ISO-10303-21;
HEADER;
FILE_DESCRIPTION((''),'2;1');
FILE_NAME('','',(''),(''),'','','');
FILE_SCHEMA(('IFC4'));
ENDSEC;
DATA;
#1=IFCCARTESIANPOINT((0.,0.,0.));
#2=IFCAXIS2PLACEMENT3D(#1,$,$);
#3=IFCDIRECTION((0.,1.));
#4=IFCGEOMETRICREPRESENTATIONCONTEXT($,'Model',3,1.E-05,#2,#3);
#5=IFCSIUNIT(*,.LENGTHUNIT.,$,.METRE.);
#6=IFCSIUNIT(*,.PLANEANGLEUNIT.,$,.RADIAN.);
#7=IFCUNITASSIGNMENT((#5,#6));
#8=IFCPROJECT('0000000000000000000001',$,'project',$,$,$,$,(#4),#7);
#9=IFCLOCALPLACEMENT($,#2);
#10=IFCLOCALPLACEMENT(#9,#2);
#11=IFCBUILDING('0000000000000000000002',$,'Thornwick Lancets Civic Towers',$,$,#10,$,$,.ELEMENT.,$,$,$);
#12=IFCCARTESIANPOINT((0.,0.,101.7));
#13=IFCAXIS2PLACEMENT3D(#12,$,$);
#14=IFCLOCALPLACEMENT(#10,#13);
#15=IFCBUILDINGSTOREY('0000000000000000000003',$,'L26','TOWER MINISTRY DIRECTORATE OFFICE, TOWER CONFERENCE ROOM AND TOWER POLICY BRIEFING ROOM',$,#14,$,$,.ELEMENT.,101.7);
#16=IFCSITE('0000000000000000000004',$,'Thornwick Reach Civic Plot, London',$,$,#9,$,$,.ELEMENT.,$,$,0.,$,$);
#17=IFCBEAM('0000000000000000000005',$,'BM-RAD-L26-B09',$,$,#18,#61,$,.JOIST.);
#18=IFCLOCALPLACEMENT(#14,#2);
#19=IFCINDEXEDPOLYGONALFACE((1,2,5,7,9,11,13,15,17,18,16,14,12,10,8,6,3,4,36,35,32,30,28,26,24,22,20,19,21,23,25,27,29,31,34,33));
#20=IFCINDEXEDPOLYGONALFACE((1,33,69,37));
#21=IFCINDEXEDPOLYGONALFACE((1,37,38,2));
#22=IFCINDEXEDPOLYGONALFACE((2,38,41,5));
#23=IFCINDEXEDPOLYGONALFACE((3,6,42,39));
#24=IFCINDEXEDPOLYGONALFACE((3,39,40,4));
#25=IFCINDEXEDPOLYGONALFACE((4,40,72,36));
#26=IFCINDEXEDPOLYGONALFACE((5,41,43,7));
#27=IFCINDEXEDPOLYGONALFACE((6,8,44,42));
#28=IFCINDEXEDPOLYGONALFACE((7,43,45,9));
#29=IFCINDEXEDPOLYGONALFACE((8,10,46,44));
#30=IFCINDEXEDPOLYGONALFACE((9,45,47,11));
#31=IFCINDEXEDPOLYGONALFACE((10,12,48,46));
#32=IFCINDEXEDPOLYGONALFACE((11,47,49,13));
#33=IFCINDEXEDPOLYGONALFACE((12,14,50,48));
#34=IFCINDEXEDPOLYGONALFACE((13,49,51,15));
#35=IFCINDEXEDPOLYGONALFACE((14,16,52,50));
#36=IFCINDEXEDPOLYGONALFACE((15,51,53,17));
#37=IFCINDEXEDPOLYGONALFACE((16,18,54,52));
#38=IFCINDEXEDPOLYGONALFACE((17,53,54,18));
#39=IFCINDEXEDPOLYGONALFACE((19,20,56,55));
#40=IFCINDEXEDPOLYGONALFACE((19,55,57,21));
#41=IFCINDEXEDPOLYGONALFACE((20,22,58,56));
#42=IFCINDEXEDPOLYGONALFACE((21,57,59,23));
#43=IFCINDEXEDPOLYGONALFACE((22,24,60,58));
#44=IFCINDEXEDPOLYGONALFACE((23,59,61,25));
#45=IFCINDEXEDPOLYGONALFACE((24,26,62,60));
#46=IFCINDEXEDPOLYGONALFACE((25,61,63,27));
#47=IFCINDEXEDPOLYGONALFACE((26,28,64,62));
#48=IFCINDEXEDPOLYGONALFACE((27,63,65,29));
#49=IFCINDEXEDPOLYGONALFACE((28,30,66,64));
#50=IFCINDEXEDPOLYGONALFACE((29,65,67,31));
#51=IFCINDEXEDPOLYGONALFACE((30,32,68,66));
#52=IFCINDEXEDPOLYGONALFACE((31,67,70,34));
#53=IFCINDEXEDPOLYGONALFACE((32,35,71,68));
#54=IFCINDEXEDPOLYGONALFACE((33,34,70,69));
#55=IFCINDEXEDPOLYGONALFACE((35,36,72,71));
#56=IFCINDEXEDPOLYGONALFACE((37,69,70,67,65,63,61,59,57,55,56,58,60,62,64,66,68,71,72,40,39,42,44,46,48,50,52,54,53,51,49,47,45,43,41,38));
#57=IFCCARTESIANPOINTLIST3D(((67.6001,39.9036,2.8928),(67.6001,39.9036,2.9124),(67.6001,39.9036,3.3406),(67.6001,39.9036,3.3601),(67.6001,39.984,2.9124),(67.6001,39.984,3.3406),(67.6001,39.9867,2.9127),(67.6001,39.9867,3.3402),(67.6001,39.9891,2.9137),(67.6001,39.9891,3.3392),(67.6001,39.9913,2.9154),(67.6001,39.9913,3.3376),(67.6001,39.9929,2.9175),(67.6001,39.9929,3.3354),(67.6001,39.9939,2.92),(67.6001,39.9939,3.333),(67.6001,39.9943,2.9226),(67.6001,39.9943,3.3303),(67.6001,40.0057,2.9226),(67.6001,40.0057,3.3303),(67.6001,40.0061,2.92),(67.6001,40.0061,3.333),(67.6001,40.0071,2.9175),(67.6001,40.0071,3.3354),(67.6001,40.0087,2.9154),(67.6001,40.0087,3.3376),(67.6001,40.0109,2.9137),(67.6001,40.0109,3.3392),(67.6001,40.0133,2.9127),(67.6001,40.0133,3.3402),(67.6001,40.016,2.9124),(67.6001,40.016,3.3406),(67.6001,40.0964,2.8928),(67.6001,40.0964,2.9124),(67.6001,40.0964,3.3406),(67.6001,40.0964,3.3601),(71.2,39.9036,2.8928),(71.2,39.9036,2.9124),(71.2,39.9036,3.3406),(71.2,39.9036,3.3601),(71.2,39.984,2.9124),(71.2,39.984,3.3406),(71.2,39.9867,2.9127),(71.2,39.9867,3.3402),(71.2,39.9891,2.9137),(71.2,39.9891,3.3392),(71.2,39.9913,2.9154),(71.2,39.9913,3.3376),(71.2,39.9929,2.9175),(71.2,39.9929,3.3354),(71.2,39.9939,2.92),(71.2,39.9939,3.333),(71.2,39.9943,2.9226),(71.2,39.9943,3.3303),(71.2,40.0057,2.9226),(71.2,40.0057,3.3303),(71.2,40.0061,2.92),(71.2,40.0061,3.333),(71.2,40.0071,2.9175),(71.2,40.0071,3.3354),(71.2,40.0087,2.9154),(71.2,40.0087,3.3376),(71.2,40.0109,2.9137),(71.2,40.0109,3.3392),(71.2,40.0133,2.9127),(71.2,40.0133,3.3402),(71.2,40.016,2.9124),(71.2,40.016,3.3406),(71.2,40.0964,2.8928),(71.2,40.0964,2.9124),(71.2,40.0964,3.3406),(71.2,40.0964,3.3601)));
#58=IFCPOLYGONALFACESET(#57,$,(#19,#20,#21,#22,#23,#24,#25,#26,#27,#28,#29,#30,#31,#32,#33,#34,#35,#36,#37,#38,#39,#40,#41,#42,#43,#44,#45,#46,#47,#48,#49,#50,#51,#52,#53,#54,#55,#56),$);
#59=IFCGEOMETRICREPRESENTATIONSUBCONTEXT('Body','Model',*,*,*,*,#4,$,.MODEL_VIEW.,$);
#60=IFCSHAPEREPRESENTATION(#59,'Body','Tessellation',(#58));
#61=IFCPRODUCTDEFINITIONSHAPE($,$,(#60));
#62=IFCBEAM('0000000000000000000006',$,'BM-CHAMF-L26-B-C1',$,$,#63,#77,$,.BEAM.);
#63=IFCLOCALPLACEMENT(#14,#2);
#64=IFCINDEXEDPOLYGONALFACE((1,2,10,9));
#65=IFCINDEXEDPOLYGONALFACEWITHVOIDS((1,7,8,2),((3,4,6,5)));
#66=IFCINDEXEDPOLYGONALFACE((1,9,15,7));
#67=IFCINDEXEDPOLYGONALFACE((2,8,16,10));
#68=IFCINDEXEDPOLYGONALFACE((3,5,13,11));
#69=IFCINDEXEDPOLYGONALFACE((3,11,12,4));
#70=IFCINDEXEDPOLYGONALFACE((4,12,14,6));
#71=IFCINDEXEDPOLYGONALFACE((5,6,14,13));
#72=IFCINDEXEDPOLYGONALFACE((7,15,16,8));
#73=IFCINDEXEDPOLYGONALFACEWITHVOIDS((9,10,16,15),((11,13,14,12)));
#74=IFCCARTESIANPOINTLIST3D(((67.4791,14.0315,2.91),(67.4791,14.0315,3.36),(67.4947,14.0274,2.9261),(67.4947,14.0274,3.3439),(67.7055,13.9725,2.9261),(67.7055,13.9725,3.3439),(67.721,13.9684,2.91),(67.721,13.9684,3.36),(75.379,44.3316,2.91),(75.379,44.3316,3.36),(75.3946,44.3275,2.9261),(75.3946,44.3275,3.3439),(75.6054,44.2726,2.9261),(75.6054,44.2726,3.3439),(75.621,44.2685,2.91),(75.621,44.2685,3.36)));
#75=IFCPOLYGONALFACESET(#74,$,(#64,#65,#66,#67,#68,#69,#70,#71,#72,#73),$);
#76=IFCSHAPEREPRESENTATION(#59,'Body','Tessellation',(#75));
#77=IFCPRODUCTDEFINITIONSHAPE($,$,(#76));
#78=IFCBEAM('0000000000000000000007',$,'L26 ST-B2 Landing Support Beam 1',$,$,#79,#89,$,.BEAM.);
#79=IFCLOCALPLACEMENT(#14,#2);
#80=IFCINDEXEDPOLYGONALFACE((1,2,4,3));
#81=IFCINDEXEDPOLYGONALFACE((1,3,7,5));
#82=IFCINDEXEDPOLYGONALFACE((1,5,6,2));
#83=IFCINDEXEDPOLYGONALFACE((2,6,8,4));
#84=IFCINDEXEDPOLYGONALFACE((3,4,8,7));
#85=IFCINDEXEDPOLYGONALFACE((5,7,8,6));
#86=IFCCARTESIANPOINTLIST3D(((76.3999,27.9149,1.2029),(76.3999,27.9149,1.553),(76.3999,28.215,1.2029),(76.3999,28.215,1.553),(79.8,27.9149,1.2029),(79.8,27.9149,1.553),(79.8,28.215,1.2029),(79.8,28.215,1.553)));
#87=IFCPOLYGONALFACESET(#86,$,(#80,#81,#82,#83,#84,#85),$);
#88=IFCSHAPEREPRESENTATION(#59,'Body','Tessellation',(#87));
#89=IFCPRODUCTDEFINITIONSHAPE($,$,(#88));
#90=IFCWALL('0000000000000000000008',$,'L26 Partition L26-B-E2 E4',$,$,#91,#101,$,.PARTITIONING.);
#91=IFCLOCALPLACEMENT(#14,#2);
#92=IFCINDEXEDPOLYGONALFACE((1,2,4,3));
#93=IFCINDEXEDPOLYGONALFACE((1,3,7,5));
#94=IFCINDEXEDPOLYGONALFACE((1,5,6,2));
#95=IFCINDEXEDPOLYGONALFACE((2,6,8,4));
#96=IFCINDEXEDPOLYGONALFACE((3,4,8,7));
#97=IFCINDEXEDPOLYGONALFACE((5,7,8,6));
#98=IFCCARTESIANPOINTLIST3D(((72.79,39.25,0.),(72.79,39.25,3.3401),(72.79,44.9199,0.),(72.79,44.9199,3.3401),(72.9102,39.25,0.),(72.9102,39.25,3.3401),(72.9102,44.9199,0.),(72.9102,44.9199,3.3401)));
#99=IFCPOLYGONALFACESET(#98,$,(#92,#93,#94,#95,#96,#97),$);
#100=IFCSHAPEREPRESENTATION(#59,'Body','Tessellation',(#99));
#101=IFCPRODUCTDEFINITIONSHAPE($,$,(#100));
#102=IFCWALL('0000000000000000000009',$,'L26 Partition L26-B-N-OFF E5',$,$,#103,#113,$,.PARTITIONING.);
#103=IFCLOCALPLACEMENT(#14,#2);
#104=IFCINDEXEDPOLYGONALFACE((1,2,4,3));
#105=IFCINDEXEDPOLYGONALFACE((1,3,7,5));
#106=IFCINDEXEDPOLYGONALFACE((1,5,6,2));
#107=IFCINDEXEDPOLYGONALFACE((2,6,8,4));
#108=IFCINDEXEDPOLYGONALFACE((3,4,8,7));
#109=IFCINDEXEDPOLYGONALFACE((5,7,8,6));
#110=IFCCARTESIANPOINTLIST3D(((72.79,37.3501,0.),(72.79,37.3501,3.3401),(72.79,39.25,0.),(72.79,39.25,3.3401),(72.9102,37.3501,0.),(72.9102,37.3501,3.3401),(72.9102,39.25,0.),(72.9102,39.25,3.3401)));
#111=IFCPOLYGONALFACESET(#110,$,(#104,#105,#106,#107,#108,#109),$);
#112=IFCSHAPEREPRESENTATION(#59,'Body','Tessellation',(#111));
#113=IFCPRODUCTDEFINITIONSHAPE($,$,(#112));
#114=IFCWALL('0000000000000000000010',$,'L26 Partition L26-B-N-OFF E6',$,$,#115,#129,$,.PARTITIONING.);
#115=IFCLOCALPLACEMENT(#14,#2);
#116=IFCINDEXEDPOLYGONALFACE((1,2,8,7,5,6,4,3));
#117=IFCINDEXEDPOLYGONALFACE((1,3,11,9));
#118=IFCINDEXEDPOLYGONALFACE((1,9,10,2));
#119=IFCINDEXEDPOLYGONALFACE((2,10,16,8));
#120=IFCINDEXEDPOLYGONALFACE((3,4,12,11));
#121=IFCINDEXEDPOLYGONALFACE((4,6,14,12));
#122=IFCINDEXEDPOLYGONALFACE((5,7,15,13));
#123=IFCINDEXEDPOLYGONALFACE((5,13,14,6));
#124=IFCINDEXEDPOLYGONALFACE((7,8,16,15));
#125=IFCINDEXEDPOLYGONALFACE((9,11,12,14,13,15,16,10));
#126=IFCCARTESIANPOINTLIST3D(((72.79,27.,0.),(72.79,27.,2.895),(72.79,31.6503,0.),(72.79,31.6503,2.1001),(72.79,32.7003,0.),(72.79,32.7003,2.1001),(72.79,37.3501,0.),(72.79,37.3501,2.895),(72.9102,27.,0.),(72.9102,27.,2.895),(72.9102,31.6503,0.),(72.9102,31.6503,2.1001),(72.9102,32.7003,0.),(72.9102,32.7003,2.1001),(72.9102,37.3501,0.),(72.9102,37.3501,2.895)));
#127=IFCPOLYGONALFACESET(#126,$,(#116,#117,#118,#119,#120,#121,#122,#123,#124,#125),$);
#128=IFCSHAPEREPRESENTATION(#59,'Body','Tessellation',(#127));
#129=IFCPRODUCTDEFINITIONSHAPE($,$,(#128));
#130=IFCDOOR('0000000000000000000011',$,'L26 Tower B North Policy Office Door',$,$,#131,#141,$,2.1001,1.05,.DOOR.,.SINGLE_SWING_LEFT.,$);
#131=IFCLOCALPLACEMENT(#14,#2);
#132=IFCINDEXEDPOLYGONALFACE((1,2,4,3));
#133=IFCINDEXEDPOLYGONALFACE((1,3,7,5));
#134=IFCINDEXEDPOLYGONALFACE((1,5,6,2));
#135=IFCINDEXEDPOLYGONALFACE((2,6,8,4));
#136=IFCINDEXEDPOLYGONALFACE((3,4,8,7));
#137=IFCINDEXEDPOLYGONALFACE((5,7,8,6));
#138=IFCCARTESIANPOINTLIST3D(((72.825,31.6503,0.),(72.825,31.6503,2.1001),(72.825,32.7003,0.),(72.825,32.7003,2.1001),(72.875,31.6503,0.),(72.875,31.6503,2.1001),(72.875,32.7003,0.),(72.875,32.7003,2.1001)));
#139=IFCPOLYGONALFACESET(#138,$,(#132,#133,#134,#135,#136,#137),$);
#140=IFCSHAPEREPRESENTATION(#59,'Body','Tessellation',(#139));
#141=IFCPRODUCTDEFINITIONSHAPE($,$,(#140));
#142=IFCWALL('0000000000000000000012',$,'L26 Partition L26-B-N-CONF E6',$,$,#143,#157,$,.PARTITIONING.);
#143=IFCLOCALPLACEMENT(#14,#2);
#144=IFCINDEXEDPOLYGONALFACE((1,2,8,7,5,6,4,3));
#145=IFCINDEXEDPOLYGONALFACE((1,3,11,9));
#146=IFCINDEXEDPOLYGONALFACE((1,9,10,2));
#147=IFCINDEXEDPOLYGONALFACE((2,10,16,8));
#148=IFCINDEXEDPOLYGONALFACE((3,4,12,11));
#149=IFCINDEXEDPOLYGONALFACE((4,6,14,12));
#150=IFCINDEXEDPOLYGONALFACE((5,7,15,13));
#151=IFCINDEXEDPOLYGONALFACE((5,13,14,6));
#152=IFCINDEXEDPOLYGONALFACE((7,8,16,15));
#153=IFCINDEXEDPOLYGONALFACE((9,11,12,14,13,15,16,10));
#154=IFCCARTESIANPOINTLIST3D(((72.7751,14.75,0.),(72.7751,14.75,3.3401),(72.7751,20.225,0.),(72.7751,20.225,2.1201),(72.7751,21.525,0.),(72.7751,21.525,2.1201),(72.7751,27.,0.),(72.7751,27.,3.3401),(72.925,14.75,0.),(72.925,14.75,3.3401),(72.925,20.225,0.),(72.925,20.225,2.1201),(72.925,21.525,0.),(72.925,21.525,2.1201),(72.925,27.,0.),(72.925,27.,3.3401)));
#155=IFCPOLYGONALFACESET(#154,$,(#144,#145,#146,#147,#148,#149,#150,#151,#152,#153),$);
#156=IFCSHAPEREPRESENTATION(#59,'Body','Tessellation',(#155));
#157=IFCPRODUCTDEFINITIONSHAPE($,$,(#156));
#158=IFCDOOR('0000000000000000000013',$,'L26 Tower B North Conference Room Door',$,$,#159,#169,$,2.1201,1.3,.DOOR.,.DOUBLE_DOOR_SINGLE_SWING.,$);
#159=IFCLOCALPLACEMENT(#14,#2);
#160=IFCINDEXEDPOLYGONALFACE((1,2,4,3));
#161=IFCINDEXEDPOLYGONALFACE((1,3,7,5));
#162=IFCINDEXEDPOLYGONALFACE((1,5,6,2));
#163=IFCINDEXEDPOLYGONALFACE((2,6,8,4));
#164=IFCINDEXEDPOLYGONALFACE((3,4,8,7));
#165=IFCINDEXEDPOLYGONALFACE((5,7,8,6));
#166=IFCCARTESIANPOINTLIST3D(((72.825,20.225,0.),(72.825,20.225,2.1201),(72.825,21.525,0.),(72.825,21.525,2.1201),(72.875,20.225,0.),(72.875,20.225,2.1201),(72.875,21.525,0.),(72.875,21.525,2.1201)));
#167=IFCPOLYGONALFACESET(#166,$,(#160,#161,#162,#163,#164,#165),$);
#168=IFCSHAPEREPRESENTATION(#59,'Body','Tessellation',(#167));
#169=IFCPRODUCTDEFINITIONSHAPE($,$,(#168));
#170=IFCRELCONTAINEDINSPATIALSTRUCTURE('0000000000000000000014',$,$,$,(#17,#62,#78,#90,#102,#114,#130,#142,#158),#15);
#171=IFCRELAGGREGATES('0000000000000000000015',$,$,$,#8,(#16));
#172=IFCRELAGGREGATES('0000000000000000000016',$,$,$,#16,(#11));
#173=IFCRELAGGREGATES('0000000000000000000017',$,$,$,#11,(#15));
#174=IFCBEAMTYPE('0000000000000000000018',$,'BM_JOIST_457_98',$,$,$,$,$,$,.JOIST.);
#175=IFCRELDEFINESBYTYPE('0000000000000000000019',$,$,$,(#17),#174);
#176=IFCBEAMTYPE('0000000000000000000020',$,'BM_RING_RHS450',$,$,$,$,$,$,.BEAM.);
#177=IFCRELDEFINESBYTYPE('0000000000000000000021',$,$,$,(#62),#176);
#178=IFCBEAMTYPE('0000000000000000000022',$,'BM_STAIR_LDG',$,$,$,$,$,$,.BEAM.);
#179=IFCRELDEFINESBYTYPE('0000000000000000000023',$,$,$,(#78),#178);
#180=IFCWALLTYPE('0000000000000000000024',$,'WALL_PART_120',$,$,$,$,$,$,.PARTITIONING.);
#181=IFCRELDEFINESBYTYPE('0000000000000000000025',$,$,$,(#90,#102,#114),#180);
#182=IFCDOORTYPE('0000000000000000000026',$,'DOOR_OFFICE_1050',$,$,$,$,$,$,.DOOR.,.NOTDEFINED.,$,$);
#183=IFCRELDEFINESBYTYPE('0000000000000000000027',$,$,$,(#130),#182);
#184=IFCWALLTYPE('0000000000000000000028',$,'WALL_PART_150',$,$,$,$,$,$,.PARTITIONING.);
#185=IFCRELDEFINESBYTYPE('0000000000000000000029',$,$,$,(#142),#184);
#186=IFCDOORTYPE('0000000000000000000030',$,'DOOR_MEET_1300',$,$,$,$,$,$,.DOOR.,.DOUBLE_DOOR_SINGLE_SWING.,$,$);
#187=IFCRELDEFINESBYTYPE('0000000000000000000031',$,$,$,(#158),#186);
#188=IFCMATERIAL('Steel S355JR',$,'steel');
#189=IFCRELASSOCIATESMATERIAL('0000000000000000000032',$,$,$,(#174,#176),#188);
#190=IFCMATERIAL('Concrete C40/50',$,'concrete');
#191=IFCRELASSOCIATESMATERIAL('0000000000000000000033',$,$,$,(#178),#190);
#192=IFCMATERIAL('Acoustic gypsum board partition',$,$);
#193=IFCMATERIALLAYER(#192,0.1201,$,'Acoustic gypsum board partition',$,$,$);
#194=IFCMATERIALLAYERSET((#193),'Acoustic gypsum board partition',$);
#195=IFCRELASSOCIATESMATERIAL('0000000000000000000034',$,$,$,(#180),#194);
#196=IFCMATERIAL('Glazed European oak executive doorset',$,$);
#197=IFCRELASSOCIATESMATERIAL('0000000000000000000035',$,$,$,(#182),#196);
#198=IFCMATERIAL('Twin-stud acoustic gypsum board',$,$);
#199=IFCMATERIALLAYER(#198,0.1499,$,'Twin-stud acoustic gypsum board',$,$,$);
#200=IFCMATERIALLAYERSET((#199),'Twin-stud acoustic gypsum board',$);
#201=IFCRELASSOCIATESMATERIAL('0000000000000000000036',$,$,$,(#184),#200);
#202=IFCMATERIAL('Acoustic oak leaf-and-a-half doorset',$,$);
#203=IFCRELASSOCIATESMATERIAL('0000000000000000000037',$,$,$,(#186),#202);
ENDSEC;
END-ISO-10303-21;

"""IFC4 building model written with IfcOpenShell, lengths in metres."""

from ifc_helpers import new_model, si_unit, direction, frame, frame_2d, origin, origin_2d, place, context, subcontext, project, spatial, rectangle, hollow_rectangle, i_section, extrude, material, layer, layer_set, material_profile, profile_set, type_object, element, fill, save


model = new_model("IFC4")

# Units and contexts
model_context = context("Model", 3, precision=1e-05, world=origin(), true_north=direction((0.0, 1.0)))
body_context = subcontext(model_context, "Body", "Model", "MODEL_VIEW")
ifc_project = project(units=[si_unit("LENGTHUNIT", "METRE"), si_unit("PLANEANGLEUNIT", "RADIAN")], contexts=[model_context])

# Site, building, storey
site_placement = place(None, origin())
site = spatial("IfcSite", under=ifc_project, at=site_placement, Name="Thornwick Reach Civic Plot, London", CompositionType="ELEMENT", RefElevation=0.0)
building_placement = place(site_placement, origin())
building = spatial("IfcBuilding", under=site, at=building_placement, Name="Thornwick Lancets Civic Towers", CompositionType="ELEMENT")
storey_placement = place(building_placement, frame((0.0, 0.0, 101.7)))
storey = spatial("IfcBuildingStorey", under=building, at=storey_placement, Name="L26", Description="TOWER MINISTRY DIRECTORATE OFFICE, TOWER CONFERENCE ROOM AND TOWER POLICY BRIEFING ROOM", CompositionType="ELEMENT", Elevation=101.7)

# Beams
ifc_material_1 = material(Name="Steel S355JR", Category="steel")
ifc_material_profile_1 = material_profile(ifc_material_1, i_section(OverallWidth=0.1929, OverallDepth=0.4673, WebThickness=0.0115, FlangeThickness=0.0195, FilletRadius=0.0103, at=origin_2d()), Name="UKB 457x191x98")
ifc_profile_set_1 = profile_set([ifc_material_profile_1], Name="Steel S355JR")
beam_type_1 = type_object("IfcBeamType", Name="BM_JOIST_457_98", PredefinedType="JOIST", material=ifc_profile_set_1)
for number, where, z_axis, x_axis, name in (
    (1, (71.2, 40.0, 3.1265), (-1.0, 0.0, 0.0), (0.0, -1.0, 0.0), "BM-RAD-L26-B09"),
):
    element("IfcBeam", number, at=place(storey_placement, frame(where, z_axis=z_axis, x_axis=x_axis)), inside=storey, type_object=beam_type_1, Name=name, PredefinedType="JOIST", context=body_context, shape_type="SweptSolid", body=[
        extrude(i_section(OverallWidth=0.1929, OverallDepth=0.4673, WebThickness=0.0115, FlangeThickness=0.0195, FilletRadius=0.0103, at=origin_2d()), origin(), (0.0, 0.0, 1.0), 3.5999),
    ])
ifc_material_profile_2 = material_profile(ifc_material_1, hollow_rectangle(XDim=0.25, YDim=0.45, WallThickness=0.0161, at=origin_2d()), Name="RHS 450x250x16")
ifc_profile_set_2 = profile_set([ifc_material_profile_2], Name="Steel S355JR")
beam_type_2 = type_object("IfcBeamType", Name="BM_RING_RHS450", PredefinedType="BEAM", material=ifc_profile_set_2)
beam_1_placement = place(storey_placement, frame((75.5, 44.3, 3.135), z_axis=(-0.252289, -0.967652, 0.0), x_axis=(0.967652, -0.252289, 0.0)))
element("IfcBeam", 2, at=beam_1_placement, inside=storey, type_object=beam_type_2, Name="BM-CHAMF-L26-B-C1", PredefinedType="BEAM", context=body_context, shape_type="SweptSolid", body=[
    extrude(hollow_rectangle(XDim=0.25, YDim=0.45, WallThickness=0.0161, at=origin_2d()), origin(), (0.0, 0.0, 1.0), 31.313),
])
ifc_material_2 = material(Name="Concrete C40/50", Category="concrete")
ifc_material_profile_3 = material_profile(ifc_material_2, rectangle(XDim=0.3, YDim=0.3501, at=origin_2d()), Name="RC 300x350")
ifc_profile_set_3 = profile_set([ifc_material_profile_3], Name="Concrete C40/50")
beam_type_3 = type_object("IfcBeamType", Name="BM_STAIR_LDG", PredefinedType="BEAM", material=ifc_profile_set_3)
beam_2_placement = place(storey_placement, frame((76.3999, 28.0649, 1.3779), z_axis=(1.0, 0.0, 0.0), x_axis=(0.0, 1.0, 0.0)))
element("IfcBeam", 3, at=beam_2_placement, inside=storey, type_object=beam_type_3, Name="L26 ST-B2 Landing Support Beam 1", PredefinedType="BEAM", context=body_context, shape_type="SweptSolid", body=[
    extrude(rectangle(XDim=0.3, YDim=0.3501, at=origin_2d()), origin(), (0.0, 0.0, 1.0), 3.4001),
])

# Walls
ifc_material_3 = material(Name="Acoustic gypsum board partition")
ifc_layer_1 = layer(ifc_material_3, 0.1201, Name="Acoustic gypsum board partition")
ifc_layer_set_1 = layer_set([ifc_layer_1], Name="Acoustic gypsum board partition")
wall_type_1 = type_object("IfcWallType", Name="WALL_PART_120", PredefinedType="PARTITIONING", material=ifc_layer_set_1)
wall_1_placement = place(storey_placement, frame((72.8501, 39.25, 0.0), z_axis=(0.0, 0.0, 1.0), x_axis=(0.0, 1.0, 0.0)))
element("IfcWall", 4, at=wall_1_placement, inside=storey, type_object=wall_type_1, Name="L26 Partition L26-B-E2 E4", PredefinedType="PARTITIONING", context=body_context, shape_type="SweptSolid", body=[
    extrude(rectangle(XDim=5.6699, YDim=0.1201, at=frame_2d((2.835, 0.0))), origin(), (0.0, 0.0, 1.0), 3.3401),
])
wall_2_placement = place(storey_placement, frame((72.8501, 39.25, 0.0), z_axis=(0.0, 0.0, 1.0), x_axis=(0.0, -1.0, 0.0)))
element("IfcWall", 5, at=wall_2_placement, inside=storey, type_object=wall_type_1, Name="L26 Partition L26-B-N-OFF E5", PredefinedType="PARTITIONING", context=body_context, shape_type="SweptSolid", body=[
    extrude(rectangle(XDim=1.8999, YDim=0.1201, at=frame_2d((0.95, 0.0))), origin(), (0.0, 0.0, 1.0), 3.3401),
])

# Walls, openings, doors
wall_3_placement = place(storey_placement, frame((72.8501, 37.3501, 0.0), z_axis=(0.0, 0.0, 1.0), x_axis=(0.0, -1.0, 0.0)))
wall_3 = element("IfcWall", 6, at=wall_3_placement, inside=storey, type_object=wall_type_1, Name="L26 Partition L26-B-N-OFF E6", PredefinedType="PARTITIONING", context=body_context, shape_type="SweptSolid", body=[
    extrude(rectangle(XDim=10.3501, YDim=0.1201, at=frame_2d((5.175, 0.0))), origin(), (0.0, 0.0, 1.0), 2.895),
])
opening_1_placement = place(wall_3_placement, frame((4.6499, 0.0, 0.0)))
opening_1 = element("IfcOpeningElement", 7, at=opening_1_placement, cuts=wall_3, PredefinedType="OPENING", context=body_context, shape_type="SweptSolid", body=[
    extrude(rectangle(XDim=1.05, YDim=2.1001, at=frame_2d((0.5249, 1.05))), frame((0.0, 0.0701, 0.0), z_axis=(0.0, -1.0, 0.0), x_axis=(1.0, 0.0, 0.0)), (0.0, 0.0, 1.0), 0.1401),
])
ifc_material_4 = material(Name="Glazed European oak executive doorset")
door_type_1 = type_object("IfcDoorType", Name="DOOR_OFFICE_1050", OperationType="NOTDEFINED", PredefinedType="DOOR", material=ifc_material_4)
door_1_placement = place(opening_1_placement, origin())
door_1 = element("IfcDoor", 8, at=door_1_placement, inside=storey, type_object=door_type_1, Name="L26 Tower B North Policy Office Door", OperationType="SINGLE_SWING_LEFT", OverallHeight=2.1001, OverallWidth=1.05, PredefinedType="DOOR", context=body_context, shape_type="SweptSolid", body=[
    extrude(rectangle(XDim=1.05, YDim=2.1001, at=frame_2d((0.5249, 1.05))), frame((0.0, 0.0249, 0.0), z_axis=(0.0, -1.0, 0.0), x_axis=(1.0, 0.0, 0.0)), (0.0, 0.0, 1.0), 0.05),
])
fill(opening_1, door_1)
ifc_material_5 = material(Name="Twin-stud acoustic gypsum board")
ifc_layer_2 = layer(ifc_material_5, 0.1499, Name="Twin-stud acoustic gypsum board")
ifc_layer_set_2 = layer_set([ifc_layer_2], Name="Twin-stud acoustic gypsum board")
wall_type_2 = type_object("IfcWallType", Name="WALL_PART_150", PredefinedType="PARTITIONING", material=ifc_layer_set_2)
wall_4_placement = place(storey_placement, frame((72.8501, 27.0, 0.0), z_axis=(0.0, 0.0, 1.0), x_axis=(0.0, -1.0, 0.0)))
wall_4 = element("IfcWall", 9, at=wall_4_placement, inside=storey, type_object=wall_type_2, Name="L26 Partition L26-B-N-CONF E6", PredefinedType="PARTITIONING", context=body_context, shape_type="SweptSolid", body=[
    extrude(rectangle(XDim=12.25, YDim=0.1499, at=frame_2d((6.125, 0.0))), origin(), (0.0, 0.0, 1.0), 3.3401),
])
opening_2_placement = place(wall_4_placement, frame((5.4751, 0.0, 0.0)))
opening_2 = element("IfcOpeningElement", 10, at=opening_2_placement, cuts=wall_4, PredefinedType="OPENING", context=body_context, shape_type="SweptSolid", body=[
    extrude(rectangle(XDim=1.3, YDim=2.1201, at=frame_2d((0.6499, 1.0601))), frame((0.0, 0.085, 0.0), z_axis=(0.0, -1.0, 0.0), x_axis=(1.0, 0.0, 0.0)), (0.0, 0.0, 1.0), 0.1699),
])
ifc_material_6 = material(Name="Acoustic oak leaf-and-a-half doorset")
door_type_2 = type_object("IfcDoorType", Name="DOOR_MEET_1300", OperationType="DOUBLE_DOOR_SINGLE_SWING", PredefinedType="DOOR", material=ifc_material_6)
door_2_placement = place(opening_2_placement, origin())
door_2 = element("IfcDoor", 11, at=door_2_placement, inside=storey, type_object=door_type_2, Name="L26 Tower B North Conference Room Door", OperationType="DOUBLE_DOOR_SINGLE_SWING", OverallHeight=2.1201, OverallWidth=1.3, PredefinedType="DOOR", context=body_context, shape_type="SweptSolid", body=[
    extrude(rectangle(XDim=1.3, YDim=2.1201, at=frame_2d((0.6499, 1.0601))), frame((0.0, 0.0249, 0.0), z_axis=(0.0, -1.0, 0.0), x_axis=(1.0, 0.0, 0.0)), (0.0, 0.0, 1.0), 0.05),
])
fill(opening_2, door_2)

save(model, "model.ifc")
